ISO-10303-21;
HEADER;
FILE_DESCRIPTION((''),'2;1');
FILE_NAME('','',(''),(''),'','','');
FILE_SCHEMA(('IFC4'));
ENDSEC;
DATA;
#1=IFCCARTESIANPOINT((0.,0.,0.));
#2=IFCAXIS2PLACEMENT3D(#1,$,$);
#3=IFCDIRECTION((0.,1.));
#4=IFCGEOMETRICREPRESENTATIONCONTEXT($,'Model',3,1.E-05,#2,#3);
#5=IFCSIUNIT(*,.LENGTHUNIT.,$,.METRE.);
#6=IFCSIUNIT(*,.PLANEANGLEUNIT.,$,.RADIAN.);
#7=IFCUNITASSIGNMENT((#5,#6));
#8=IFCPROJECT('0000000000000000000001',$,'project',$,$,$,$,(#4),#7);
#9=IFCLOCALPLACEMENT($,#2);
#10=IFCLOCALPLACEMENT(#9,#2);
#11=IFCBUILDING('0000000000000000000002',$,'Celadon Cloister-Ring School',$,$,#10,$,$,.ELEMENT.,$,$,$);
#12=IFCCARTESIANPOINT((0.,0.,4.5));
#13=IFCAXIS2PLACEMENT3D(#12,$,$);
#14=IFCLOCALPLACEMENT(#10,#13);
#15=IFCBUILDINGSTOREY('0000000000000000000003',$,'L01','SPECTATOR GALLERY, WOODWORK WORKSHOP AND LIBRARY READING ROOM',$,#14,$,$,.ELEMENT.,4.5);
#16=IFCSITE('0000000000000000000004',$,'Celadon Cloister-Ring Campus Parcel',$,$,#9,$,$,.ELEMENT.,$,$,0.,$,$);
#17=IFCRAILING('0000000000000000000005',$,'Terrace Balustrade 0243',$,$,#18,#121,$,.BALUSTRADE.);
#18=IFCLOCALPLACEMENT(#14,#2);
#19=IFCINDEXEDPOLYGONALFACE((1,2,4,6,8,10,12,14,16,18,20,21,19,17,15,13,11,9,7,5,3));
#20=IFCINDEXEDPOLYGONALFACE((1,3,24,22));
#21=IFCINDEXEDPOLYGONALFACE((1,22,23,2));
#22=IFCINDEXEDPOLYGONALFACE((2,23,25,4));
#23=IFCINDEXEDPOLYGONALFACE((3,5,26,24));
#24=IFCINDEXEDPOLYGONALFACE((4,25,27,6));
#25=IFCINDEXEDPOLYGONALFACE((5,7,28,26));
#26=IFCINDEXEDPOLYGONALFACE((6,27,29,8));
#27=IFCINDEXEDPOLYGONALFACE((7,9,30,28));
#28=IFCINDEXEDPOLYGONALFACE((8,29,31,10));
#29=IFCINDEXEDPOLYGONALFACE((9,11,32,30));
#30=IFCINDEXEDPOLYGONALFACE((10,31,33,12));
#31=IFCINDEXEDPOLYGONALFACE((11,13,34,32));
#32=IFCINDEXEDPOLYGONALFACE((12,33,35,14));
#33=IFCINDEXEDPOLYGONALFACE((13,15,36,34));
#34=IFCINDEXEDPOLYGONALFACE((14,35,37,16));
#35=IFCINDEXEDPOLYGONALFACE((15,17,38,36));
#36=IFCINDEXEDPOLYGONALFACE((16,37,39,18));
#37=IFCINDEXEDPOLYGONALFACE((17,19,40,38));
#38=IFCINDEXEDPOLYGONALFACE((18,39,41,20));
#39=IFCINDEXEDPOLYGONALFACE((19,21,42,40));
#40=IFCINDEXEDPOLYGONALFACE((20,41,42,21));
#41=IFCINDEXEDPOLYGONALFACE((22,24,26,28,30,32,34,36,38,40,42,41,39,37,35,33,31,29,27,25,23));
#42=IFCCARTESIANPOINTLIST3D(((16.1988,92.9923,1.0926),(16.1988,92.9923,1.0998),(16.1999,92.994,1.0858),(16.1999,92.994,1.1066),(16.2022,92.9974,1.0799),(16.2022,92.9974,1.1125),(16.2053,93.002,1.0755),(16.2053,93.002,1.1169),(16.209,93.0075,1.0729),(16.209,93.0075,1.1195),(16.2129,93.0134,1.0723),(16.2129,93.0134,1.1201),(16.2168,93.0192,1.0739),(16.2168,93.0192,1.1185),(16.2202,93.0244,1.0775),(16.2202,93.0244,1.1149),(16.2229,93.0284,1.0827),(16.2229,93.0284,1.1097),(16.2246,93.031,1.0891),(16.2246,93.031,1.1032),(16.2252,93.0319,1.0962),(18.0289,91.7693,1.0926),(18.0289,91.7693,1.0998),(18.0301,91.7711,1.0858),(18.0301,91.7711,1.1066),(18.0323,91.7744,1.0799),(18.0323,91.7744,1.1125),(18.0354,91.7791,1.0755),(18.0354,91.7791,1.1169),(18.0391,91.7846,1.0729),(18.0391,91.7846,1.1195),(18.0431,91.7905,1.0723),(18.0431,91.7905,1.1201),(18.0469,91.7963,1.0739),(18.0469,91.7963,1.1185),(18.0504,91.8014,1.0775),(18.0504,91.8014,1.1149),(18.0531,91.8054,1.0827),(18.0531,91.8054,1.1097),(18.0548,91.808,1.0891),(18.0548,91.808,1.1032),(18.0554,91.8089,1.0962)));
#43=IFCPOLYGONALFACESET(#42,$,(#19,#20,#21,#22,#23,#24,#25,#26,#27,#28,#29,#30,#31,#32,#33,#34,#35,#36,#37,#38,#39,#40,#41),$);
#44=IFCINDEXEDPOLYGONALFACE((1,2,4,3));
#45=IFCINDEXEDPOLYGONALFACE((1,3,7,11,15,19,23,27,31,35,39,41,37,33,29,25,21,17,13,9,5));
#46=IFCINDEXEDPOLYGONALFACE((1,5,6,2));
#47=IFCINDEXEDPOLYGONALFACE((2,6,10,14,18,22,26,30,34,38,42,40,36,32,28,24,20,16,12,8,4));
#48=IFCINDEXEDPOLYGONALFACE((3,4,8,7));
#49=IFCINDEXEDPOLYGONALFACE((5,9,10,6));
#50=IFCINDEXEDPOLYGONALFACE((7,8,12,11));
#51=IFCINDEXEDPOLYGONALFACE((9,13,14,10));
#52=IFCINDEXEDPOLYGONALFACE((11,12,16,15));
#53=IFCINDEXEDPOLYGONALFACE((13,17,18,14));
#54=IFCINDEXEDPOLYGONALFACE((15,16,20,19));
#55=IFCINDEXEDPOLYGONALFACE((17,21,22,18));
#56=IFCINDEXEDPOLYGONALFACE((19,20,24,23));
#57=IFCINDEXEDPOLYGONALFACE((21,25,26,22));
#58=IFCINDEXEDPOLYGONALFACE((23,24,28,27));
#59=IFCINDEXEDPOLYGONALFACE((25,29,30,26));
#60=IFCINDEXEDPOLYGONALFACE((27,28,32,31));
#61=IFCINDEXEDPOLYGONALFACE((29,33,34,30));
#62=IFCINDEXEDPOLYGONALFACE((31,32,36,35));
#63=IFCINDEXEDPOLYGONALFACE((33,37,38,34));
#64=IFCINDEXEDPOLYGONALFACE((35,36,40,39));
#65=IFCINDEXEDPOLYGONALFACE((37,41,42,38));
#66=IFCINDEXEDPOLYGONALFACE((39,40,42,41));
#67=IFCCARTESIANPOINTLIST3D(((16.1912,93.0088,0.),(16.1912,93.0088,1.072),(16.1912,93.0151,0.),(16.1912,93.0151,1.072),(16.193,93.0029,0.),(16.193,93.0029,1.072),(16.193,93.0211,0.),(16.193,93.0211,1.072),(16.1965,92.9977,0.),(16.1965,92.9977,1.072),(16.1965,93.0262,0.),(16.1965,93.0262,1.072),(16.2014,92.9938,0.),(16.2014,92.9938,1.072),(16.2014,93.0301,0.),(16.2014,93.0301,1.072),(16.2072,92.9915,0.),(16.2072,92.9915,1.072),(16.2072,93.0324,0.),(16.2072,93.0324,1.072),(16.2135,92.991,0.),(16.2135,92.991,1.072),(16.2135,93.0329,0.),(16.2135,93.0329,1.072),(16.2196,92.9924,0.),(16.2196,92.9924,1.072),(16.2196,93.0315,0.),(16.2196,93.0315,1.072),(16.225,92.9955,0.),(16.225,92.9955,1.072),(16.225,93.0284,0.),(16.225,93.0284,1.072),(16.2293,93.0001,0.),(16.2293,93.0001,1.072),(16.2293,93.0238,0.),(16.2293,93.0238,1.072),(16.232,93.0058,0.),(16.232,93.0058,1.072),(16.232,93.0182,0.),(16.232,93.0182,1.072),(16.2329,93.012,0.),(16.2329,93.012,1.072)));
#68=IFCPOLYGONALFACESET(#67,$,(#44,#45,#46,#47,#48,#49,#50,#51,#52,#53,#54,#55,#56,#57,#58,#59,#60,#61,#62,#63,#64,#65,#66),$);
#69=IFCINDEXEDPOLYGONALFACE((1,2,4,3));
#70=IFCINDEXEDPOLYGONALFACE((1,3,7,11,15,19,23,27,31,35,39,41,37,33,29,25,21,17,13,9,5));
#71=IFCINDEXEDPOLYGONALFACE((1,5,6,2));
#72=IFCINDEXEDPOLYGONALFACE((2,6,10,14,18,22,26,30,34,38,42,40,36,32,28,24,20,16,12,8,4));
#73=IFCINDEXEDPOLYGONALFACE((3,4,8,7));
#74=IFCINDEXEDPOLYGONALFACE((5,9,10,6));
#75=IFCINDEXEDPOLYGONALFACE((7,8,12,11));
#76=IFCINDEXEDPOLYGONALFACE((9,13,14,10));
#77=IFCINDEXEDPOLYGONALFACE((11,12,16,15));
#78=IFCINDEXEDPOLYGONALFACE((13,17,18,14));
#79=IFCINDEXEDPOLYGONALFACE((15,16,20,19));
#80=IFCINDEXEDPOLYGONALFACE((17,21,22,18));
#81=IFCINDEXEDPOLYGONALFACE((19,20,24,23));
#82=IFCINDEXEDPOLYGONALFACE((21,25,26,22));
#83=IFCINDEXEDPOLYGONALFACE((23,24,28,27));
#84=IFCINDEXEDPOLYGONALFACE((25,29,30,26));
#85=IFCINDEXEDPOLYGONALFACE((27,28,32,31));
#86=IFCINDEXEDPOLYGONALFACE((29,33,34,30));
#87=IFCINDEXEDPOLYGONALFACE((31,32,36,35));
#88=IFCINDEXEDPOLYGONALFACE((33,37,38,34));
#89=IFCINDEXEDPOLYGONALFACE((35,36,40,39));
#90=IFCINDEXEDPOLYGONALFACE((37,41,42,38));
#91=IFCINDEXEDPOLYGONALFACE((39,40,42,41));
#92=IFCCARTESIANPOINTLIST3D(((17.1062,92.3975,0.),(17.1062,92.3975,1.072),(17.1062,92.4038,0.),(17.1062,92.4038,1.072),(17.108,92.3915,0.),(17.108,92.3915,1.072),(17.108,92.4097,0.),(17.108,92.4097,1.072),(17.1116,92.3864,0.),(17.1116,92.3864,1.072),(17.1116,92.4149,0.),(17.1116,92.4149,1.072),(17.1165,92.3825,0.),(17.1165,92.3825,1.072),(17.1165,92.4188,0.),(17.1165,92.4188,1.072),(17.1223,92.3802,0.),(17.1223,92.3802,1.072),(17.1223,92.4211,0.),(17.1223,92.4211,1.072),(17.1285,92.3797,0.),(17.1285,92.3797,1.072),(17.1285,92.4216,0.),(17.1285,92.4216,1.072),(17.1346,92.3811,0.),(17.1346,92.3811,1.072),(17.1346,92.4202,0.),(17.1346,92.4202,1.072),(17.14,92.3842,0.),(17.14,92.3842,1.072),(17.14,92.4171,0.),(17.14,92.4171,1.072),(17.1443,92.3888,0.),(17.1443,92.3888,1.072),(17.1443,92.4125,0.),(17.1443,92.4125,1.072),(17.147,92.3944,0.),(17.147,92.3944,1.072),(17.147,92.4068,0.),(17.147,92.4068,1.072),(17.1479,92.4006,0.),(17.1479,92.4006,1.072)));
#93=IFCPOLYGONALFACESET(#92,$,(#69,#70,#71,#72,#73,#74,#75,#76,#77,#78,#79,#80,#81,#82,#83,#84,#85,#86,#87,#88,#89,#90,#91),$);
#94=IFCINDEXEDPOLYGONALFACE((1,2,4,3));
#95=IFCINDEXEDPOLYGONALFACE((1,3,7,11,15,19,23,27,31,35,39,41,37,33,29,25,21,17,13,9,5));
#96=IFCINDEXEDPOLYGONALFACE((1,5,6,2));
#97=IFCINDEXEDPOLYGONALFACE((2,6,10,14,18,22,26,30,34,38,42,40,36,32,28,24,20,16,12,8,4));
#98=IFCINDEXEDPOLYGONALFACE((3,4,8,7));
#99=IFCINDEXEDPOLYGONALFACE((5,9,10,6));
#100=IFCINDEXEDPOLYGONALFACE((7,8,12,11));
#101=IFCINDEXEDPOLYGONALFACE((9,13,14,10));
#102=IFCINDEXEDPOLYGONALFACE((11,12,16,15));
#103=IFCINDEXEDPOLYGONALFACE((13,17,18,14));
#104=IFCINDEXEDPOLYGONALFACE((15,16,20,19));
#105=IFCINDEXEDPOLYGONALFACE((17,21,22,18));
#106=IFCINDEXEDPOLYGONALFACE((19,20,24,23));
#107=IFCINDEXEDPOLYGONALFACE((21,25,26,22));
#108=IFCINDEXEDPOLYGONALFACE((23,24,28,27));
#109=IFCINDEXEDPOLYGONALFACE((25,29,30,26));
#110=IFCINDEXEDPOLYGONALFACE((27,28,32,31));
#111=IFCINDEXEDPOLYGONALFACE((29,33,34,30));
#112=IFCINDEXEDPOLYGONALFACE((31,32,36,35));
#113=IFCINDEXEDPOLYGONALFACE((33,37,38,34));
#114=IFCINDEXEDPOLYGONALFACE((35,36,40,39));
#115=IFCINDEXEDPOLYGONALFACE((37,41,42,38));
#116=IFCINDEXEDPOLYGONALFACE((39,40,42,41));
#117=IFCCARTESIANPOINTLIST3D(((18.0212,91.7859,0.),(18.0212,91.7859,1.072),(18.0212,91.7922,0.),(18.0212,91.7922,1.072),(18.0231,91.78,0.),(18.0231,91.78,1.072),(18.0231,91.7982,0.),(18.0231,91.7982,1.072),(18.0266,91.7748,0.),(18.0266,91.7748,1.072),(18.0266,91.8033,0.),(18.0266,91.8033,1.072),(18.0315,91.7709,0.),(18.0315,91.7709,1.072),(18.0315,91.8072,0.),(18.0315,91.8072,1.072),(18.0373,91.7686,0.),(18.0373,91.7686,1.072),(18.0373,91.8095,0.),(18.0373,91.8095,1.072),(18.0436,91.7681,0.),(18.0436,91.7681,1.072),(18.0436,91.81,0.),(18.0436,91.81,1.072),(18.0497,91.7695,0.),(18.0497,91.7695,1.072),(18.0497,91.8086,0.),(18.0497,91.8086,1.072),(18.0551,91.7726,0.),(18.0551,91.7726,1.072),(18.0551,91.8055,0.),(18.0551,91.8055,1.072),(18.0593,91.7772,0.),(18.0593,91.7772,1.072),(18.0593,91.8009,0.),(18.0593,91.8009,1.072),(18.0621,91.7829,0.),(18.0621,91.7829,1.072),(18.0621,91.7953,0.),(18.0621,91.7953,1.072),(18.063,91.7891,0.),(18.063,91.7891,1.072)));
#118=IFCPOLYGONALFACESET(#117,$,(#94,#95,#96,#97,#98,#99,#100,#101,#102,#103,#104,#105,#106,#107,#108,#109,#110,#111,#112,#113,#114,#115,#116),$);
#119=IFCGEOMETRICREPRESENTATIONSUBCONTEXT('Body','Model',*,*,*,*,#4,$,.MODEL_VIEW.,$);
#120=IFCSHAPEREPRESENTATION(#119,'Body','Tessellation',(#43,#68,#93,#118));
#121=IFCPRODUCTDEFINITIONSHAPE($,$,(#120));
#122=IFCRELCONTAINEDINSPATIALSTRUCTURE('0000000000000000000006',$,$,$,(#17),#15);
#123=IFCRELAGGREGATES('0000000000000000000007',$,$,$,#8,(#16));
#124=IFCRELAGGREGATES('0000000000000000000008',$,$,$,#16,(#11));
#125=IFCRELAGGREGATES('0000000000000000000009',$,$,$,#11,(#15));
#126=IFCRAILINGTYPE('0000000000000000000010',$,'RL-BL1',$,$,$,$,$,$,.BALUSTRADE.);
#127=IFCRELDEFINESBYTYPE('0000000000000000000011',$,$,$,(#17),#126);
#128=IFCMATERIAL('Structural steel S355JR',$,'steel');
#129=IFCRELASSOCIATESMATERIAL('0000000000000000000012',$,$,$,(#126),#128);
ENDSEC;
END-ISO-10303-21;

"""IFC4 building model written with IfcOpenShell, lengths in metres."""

from ifc_helpers import new_model, si_unit, direction, frame, origin, origin_2d, place, context, subcontext, project, spatial, circle, extrude, material, type_object, element, save


model = new_model("IFC4")

# Units and contexts
model_context = context("Model", 3, precision=1e-05, world=origin(), true_north=direction((0.0, 1.0)))
body_context = subcontext(model_context, "Body", "Model", "MODEL_VIEW")
ifc_project = project(units=[si_unit("LENGTHUNIT", "METRE"), si_unit("PLANEANGLEUNIT", "RADIAN")], contexts=[model_context])

# Site, building, storey
site_placement = place(None, origin())
site = spatial("IfcSite", under=ifc_project, at=site_placement, Name="Celadon Cloister-Ring Campus Parcel", CompositionType="ELEMENT", RefElevation=0.0)
building_placement = place(site_placement, origin())
building = spatial("IfcBuilding", under=site, at=building_placement, Name="Celadon Cloister-Ring School", CompositionType="ELEMENT")
storey_placement = place(building_placement, frame((0.0, 0.0, 4.5)))
storey = spatial("IfcBuildingStorey", under=building, at=storey_placement, Name="L01", Description="SPECTATOR GALLERY, WOODWORK WORKSHOP AND LIBRARY READING ROOM", CompositionType="ELEMENT", Elevation=4.5)

# Railing
ifc_material_1 = material(Name="Structural steel S355JR", Category="steel")
railing_type = type_object("IfcRailingType", Name="RL-BL1", PredefinedType="BALUSTRADE", material=ifc_material_1)
railing_1_placement = place(storey_placement, frame((16.2119, 93.012, 0.0)))
element("IfcRailing", 1, at=railing_1_placement, inside=storey, type_object=railing_type, Name="Terrace Balustrade 0243", PredefinedType="BALUSTRADE", context=body_context, shape_type="SweptSolid", body=[
    extrude(circle(Radius=0.0239, at=origin_2d()), frame((0.0, 0.0, 1.0962), z_axis=(0.831453, -0.555596, 0.0), x_axis=(0.555596, 0.831453, 0.0)), (0.0, 0.0, 1.0), 2.2012),
    extrude(circle(Radius=0.021, at=origin_2d()), origin(), (0.0, 0.0, 1.0), 1.072),
    extrude(circle(Radius=0.021, at=origin_2d()), frame((0.915, -0.6113, 0.0)), (0.0, 0.0, 1.0), 1.072),
    extrude(circle(Radius=0.021, at=origin_2d()), frame((1.8301, -1.2229, 0.0)), (0.0, 0.0, 1.0), 1.072),
])

save(model, "model.ifc")
